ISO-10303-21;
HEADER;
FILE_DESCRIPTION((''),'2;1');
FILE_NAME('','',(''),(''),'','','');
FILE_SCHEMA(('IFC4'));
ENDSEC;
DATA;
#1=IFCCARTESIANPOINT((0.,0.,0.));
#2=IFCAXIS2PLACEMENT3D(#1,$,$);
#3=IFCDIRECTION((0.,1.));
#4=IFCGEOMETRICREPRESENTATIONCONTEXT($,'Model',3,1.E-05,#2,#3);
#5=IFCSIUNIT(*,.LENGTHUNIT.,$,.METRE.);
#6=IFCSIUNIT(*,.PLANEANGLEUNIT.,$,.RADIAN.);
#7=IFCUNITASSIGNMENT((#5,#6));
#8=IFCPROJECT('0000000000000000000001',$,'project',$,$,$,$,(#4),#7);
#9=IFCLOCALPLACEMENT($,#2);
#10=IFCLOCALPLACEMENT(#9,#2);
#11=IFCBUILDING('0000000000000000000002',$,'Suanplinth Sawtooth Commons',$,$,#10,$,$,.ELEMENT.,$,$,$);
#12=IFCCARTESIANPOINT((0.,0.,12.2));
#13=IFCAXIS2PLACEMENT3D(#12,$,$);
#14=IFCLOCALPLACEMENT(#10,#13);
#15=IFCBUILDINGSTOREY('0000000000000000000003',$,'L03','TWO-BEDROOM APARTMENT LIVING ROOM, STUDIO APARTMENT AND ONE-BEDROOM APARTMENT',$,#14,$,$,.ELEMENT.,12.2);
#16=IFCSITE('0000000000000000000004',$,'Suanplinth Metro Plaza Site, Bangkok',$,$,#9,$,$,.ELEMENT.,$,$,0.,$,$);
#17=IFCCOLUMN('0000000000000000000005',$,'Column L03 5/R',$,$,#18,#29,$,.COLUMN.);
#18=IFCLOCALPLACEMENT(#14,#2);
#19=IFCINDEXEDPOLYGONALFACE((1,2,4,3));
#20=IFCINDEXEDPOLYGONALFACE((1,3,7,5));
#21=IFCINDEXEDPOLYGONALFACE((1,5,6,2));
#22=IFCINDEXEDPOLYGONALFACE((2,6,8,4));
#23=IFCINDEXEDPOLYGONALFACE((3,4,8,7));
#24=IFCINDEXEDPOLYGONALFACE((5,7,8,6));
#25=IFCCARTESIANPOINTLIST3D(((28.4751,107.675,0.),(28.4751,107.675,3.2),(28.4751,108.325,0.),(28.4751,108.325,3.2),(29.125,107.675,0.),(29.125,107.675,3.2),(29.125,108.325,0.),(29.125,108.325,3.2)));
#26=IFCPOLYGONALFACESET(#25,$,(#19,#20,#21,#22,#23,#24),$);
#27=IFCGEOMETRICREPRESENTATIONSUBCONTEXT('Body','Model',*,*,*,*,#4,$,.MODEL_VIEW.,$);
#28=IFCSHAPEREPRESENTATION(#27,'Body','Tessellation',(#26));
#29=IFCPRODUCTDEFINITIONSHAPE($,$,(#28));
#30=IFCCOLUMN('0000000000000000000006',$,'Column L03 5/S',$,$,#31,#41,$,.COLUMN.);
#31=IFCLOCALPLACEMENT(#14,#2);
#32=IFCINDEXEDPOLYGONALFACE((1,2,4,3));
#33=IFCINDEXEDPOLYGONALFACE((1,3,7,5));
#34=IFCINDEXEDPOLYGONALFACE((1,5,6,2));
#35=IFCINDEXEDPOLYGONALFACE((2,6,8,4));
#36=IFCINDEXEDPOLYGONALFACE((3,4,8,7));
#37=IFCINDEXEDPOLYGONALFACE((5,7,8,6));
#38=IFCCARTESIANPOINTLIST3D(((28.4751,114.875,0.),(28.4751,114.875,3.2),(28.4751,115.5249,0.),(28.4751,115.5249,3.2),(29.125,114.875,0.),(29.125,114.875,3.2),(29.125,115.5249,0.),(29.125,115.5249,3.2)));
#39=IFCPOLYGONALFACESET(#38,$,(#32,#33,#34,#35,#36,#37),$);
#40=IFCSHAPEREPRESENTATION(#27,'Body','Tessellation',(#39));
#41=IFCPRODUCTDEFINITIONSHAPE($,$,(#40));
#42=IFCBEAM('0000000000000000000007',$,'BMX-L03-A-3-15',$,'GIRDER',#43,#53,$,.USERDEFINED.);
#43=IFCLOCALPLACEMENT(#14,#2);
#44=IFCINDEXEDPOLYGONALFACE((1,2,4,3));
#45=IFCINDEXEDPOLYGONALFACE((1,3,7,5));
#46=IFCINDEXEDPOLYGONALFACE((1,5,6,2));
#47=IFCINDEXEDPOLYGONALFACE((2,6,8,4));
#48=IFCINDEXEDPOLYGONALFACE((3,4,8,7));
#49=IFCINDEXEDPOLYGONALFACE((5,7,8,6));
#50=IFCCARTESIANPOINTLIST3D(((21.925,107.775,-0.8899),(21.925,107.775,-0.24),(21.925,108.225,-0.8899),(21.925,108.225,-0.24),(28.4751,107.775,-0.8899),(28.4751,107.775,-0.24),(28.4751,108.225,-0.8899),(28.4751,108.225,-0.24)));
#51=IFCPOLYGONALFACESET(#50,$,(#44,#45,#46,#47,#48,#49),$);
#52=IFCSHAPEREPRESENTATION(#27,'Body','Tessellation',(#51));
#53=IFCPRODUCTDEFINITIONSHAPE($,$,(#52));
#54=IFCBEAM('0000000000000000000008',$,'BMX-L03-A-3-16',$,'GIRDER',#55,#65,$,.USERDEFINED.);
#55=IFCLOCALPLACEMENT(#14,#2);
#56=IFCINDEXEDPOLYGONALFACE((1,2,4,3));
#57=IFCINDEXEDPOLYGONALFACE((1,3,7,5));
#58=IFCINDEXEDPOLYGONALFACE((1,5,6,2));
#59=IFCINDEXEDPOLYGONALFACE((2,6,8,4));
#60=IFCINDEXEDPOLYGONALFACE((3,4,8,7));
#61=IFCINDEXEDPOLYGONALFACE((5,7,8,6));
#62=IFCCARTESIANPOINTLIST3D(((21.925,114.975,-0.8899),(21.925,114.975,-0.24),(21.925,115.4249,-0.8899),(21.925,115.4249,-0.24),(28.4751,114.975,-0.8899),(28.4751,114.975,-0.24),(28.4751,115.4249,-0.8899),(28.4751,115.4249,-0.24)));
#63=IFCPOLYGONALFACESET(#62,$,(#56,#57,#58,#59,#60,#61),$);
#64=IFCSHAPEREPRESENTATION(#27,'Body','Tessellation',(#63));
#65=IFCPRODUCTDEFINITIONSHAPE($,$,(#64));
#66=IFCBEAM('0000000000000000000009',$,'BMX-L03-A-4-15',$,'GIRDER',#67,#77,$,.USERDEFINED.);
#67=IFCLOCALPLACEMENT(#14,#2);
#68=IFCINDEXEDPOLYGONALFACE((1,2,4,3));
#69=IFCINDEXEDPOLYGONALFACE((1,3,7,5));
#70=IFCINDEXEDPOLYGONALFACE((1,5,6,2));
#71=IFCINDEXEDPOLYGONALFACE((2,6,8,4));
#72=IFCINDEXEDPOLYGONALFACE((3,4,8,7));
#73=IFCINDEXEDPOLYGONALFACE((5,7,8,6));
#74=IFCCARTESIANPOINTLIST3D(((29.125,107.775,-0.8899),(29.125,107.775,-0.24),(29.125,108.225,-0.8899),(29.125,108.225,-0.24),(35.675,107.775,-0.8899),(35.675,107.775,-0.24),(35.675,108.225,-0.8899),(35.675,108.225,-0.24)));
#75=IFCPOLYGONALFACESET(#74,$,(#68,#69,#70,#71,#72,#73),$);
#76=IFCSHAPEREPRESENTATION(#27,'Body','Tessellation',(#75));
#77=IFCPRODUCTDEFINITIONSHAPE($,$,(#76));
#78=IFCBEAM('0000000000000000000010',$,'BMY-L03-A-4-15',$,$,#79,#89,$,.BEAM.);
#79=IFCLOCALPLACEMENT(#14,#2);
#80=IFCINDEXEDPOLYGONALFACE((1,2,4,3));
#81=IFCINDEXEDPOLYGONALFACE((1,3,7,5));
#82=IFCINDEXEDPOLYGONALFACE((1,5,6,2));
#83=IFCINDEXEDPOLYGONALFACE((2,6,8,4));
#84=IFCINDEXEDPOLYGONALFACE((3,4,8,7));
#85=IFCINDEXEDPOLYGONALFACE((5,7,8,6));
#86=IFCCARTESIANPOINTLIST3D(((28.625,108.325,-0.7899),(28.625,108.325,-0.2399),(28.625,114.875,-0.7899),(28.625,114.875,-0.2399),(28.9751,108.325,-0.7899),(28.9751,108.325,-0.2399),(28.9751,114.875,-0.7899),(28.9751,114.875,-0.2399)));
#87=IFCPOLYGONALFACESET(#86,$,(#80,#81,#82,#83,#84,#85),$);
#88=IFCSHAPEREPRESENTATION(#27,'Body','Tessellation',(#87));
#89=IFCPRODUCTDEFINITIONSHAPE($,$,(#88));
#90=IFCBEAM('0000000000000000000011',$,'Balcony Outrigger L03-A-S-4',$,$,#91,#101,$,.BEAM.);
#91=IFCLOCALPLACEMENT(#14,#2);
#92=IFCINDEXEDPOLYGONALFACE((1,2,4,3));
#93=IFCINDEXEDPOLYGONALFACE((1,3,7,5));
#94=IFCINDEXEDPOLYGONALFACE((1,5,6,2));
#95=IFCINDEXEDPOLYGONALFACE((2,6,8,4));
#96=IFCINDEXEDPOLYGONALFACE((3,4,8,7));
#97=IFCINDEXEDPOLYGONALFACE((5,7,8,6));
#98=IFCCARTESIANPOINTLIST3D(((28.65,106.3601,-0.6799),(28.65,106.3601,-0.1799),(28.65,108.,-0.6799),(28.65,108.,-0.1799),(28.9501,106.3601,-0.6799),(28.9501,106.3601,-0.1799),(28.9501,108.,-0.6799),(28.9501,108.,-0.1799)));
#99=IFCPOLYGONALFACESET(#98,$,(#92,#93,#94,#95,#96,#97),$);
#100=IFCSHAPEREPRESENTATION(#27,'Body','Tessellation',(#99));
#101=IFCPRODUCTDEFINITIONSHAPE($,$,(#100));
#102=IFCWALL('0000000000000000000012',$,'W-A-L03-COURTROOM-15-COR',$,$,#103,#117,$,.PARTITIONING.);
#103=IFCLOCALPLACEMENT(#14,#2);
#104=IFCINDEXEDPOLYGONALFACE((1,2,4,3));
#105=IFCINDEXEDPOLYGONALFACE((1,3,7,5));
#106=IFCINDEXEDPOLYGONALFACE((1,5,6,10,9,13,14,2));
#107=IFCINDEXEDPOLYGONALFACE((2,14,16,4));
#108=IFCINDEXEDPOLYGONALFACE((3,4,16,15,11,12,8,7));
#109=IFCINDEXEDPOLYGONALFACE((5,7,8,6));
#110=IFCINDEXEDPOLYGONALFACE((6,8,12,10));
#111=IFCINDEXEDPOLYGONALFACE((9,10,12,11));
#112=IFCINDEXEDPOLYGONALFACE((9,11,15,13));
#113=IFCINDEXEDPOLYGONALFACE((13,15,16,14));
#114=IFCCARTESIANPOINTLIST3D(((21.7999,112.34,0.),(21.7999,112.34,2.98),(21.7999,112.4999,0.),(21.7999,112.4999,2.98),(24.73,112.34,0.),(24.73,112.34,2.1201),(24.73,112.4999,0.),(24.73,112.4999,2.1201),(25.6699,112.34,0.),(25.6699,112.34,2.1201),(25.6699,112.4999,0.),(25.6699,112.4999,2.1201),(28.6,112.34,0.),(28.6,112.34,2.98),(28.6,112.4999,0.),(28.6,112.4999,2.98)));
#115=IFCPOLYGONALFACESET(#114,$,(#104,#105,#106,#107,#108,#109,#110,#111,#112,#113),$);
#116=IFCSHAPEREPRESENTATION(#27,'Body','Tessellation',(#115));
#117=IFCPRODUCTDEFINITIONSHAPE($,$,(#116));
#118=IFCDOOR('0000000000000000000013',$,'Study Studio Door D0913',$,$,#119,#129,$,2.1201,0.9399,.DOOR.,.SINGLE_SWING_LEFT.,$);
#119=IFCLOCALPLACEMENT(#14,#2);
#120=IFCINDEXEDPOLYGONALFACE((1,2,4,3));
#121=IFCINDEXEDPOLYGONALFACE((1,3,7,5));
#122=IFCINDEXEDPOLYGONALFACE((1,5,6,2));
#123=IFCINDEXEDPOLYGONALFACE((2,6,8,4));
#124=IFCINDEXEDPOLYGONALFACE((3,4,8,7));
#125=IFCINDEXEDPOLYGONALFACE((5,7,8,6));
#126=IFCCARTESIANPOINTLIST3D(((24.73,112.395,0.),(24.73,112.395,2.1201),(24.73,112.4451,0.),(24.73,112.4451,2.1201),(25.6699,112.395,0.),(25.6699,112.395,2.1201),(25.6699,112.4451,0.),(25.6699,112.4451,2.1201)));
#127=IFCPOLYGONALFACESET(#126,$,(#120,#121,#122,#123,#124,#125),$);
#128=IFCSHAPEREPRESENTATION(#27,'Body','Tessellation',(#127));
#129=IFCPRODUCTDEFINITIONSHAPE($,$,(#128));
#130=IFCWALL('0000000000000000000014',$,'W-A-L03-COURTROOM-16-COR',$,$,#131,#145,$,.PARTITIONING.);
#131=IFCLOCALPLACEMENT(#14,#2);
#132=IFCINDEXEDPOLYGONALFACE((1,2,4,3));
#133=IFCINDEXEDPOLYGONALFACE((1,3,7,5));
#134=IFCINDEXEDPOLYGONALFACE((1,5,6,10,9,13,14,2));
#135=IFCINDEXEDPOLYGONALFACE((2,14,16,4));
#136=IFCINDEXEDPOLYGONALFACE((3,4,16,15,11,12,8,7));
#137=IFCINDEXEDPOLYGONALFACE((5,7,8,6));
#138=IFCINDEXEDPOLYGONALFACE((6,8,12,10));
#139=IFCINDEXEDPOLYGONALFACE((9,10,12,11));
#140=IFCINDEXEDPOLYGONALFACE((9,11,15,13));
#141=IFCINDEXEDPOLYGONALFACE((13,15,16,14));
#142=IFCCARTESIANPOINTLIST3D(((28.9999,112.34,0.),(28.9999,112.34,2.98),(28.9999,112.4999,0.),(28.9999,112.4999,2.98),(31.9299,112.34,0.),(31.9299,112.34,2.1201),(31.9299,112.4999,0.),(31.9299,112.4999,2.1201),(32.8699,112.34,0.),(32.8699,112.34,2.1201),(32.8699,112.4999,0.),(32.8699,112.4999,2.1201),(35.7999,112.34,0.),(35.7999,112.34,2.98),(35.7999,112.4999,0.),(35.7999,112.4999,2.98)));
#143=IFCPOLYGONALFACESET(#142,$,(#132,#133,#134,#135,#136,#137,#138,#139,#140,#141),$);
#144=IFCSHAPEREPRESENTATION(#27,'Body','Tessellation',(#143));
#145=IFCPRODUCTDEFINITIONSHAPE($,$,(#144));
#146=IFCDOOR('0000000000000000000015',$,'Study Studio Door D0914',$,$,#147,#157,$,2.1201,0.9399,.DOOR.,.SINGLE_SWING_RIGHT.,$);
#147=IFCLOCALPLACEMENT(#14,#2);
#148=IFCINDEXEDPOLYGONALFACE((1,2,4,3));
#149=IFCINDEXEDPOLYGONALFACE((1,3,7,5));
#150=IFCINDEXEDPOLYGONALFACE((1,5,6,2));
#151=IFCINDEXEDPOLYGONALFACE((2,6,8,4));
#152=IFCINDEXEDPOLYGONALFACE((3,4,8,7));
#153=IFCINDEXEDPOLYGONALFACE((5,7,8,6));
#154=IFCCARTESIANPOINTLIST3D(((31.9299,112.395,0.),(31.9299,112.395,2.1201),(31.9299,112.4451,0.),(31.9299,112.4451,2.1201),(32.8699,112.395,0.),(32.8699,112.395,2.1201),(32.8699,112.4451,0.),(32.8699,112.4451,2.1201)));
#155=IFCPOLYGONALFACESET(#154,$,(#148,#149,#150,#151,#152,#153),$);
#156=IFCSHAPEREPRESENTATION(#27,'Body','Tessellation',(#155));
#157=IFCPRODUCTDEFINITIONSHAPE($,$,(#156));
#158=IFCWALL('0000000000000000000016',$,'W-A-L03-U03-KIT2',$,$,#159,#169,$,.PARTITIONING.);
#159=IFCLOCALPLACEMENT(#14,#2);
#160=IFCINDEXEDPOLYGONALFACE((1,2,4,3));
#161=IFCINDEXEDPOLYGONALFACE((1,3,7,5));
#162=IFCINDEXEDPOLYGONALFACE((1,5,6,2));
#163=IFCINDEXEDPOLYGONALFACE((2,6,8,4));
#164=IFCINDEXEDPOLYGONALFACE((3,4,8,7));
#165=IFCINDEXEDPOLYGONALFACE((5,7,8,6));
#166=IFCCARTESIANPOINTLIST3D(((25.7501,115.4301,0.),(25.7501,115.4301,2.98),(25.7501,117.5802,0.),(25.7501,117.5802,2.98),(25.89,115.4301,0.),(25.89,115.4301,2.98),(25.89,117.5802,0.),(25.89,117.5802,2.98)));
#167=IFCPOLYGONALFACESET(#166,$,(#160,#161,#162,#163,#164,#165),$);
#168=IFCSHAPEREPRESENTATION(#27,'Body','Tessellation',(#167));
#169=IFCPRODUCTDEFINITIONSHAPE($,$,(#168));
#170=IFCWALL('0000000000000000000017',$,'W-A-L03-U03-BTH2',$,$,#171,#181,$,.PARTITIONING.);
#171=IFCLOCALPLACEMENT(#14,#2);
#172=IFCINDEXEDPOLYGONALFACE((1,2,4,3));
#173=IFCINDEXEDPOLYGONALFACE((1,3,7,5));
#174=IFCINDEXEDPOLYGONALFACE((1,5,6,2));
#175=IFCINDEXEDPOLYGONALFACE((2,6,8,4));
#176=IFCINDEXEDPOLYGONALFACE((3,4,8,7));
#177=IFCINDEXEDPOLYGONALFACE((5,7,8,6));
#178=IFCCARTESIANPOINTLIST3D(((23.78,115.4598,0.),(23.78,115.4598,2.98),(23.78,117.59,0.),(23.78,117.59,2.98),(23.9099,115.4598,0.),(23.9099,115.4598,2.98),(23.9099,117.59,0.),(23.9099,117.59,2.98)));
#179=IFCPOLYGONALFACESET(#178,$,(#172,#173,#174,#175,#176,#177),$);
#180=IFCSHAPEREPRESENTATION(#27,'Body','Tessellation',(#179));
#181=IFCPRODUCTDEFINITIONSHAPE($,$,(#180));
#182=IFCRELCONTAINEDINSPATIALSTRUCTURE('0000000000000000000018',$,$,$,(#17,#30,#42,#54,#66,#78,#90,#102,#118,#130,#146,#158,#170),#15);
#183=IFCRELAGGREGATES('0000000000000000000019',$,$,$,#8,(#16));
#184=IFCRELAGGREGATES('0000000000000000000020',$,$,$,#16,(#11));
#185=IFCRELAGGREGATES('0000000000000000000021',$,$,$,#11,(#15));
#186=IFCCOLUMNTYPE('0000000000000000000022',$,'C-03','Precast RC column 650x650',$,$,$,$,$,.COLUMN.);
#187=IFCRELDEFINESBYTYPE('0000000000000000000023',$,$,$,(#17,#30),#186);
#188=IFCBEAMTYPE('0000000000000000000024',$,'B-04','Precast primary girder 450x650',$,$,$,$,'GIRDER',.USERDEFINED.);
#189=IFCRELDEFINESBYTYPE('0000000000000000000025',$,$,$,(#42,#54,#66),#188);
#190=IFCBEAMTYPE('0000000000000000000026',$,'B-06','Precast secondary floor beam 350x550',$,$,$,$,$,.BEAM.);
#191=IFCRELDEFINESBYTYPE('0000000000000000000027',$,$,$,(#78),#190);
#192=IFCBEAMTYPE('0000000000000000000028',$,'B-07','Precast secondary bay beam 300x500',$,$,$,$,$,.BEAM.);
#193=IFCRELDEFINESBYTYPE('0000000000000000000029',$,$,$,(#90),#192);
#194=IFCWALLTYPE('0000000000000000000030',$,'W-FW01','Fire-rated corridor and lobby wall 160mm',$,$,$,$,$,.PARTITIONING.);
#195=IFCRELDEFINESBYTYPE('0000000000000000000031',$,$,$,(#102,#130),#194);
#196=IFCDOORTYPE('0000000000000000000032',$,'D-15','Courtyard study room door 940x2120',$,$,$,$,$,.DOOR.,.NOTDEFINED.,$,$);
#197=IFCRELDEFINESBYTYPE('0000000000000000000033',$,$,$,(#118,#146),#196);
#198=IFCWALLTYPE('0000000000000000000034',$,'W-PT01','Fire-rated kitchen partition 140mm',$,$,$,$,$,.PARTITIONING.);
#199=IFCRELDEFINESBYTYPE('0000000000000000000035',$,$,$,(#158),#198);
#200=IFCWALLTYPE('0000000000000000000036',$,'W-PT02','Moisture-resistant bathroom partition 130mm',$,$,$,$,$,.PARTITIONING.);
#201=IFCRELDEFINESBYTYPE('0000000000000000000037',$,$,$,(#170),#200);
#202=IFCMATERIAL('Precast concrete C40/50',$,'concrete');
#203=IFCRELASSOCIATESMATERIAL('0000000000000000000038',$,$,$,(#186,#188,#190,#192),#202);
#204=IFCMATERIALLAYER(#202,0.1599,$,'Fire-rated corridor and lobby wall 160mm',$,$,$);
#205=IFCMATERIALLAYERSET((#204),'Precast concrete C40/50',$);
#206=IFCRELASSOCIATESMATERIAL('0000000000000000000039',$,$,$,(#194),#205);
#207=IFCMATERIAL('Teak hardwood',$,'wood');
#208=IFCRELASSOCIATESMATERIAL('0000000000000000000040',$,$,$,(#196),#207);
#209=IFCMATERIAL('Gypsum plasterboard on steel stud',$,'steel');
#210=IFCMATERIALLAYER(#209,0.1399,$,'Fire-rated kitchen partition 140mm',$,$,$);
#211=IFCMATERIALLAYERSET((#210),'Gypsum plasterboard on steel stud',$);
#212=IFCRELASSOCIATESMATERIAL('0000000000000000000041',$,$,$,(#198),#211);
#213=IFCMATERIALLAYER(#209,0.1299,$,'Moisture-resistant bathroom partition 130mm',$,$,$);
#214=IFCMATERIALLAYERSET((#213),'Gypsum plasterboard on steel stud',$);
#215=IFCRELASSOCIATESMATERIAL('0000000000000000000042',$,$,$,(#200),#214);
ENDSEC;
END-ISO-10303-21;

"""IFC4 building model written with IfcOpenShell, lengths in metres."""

from ifc_helpers import new_model, si_unit, direction, frame, frame_2d, origin, origin_2d, place, context, subcontext, project, spatial, rectangle, extrude, material, layer, layer_set, material_profile, profile_set, type_object, element, fill, save


model = new_model("IFC4")

# Units and contexts
model_context = context("Model", 3, precision=1e-05, world=origin(), true_north=direction((0.0, 1.0)))
body_context = subcontext(model_context, "Body", "Model", "MODEL_VIEW")
ifc_project = project(units=[si_unit("LENGTHUNIT", "METRE"), si_unit("PLANEANGLEUNIT", "RADIAN")], contexts=[model_context])

# Site, building, storey
site_placement = place(None, origin())
site = spatial("IfcSite", under=ifc_project, at=site_placement, Name="Suanplinth Metro Plaza Site, Bangkok", CompositionType="ELEMENT", RefElevation=0.0)
building_placement = place(site_placement, origin())
building = spatial("IfcBuilding", under=site, at=building_placement, Name="Suanplinth Sawtooth Commons", CompositionType="ELEMENT")
storey_placement = place(building_placement, frame((0.0, 0.0, 12.2)))
storey = spatial("IfcBuildingStorey", under=building, at=storey_placement, Name="L03", Description="TWO-BEDROOM APARTMENT LIVING ROOM, STUDIO APARTMENT AND ONE-BEDROOM APARTMENT", CompositionType="ELEMENT", Elevation=12.2)

# Columns
ifc_material_1 = material(Name="Precast concrete C40/50", Category="concrete")
ifc_material_profile_1 = material_profile(ifc_material_1, rectangle(XDim=0.6499, YDim=0.6499, at=origin_2d()), Name="PC-COL 650x650")
ifc_profile_set_1 = profile_set([ifc_material_profile_1], Name="Precast concrete C40/50")
column_type = type_object("IfcColumnType", Name="C-03", Description="Precast RC column 650x650", PredefinedType="COLUMN", material=ifc_profile_set_1)
for number, where, z_axis, x_axis, name in (
    (1, (28.8, 108.0, 0.0), (0.0, 0.0, 1.0), (1.0, 0.0, 0.0), "Column L03 5/R"),
    (2, (28.8, 115.2, 0.0), (0.0, 0.0, 1.0), (1.0, 0.0, 0.0), "Column L03 5/S"),
):
    element("IfcColumn", number, at=place(storey_placement, frame(where, z_axis=z_axis, x_axis=x_axis)), inside=storey, type_object=column_type, Name=name, PredefinedType="COLUMN", context=body_context, shape_type="SweptSolid", body=[
        extrude(rectangle(XDim=0.6499, YDim=0.6499, at=origin_2d()), origin(), (0.0, 0.0, 1.0), 3.2),
    ])

# Beams
ifc_material_profile_2 = material_profile(ifc_material_1, rectangle(XDim=0.45, YDim=0.6499, at=origin_2d()), Name="PC-GDR 450x650")
ifc_profile_set_2 = profile_set([ifc_material_profile_2], Name="Precast concrete C40/50")
beam_type_1 = type_object("IfcBeamType", Name="B-04", Description="Precast primary girder 450x650", ElementType="GIRDER", PredefinedType="USERDEFINED", material=ifc_profile_set_2)
for number, where, z_axis, x_axis, name in (
    (3, (21.925, 108.0, -0.5649), (1.0, 0.0, 0.0), (0.0, 1.0, 0.0), "BMX-L03-A-3-15"),
    (4, (21.925, 115.2, -0.5649), (1.0, 0.0, 0.0), (0.0, 1.0, 0.0), "BMX-L03-A-3-16"),
    (5, (29.125, 108.0, -0.5649), (1.0, 0.0, 0.0), (0.0, 1.0, 0.0), "BMX-L03-A-4-15"),
):
    element("IfcBeam", number, at=place(storey_placement, frame(where, z_axis=z_axis, x_axis=x_axis)), inside=storey, type_object=beam_type_1, Name=name, ObjectType="GIRDER", PredefinedType="USERDEFINED", context=body_context, shape_type="SweptSolid", body=[
        extrude(rectangle(XDim=0.45, YDim=0.6499, at=origin_2d()), origin(), (0.0, 0.0, 1.0), 6.55),
    ])
ifc_material_profile_3 = material_profile(ifc_material_1, rectangle(XDim=0.3501, YDim=0.55, at=origin_2d()), Name="PC-BM 350x550")
ifc_profile_set_3 = profile_set([ifc_material_profile_3], Name="Precast concrete C40/50")
beam_type_2 = type_object("IfcBeamType", Name="B-06", Description="Precast secondary floor beam 350x550", PredefinedType="BEAM", material=ifc_profile_set_3)
beam_1_placement = place(storey_placement, frame((28.8, 108.325, -0.5149), z_axis=(0.0, 1.0, 0.0), x_axis=(-1.0, 0.0, 0.0)))
element("IfcBeam", 6, at=beam_1_placement, inside=storey, type_object=beam_type_2, Name="BMY-L03-A-4-15", PredefinedType="BEAM", context=body_context, shape_type="SweptSolid", body=[
    extrude(rectangle(XDim=0.3501, YDim=0.55, at=origin_2d()), origin(), (0.0, 0.0, 1.0), 6.55),
])
ifc_material_profile_4 = material_profile(ifc_material_1, rectangle(XDim=0.3, YDim=0.5, at=origin_2d()), Name="PC-BM 300x500")
ifc_profile_set_4 = profile_set([ifc_material_profile_4], Name="Precast concrete C40/50")
beam_type_3 = type_object("IfcBeamType", Name="B-07", Description="Precast secondary bay beam 300x500", PredefinedType="BEAM", material=ifc_profile_set_4)
beam_2_placement = place(storey_placement, frame((28.8, 108.0, -0.4299), z_axis=(0.0, -1.0, 0.0), x_axis=(1.0, 0.0, 0.0)))
element("IfcBeam", 7, at=beam_2_placement, inside=storey, type_object=beam_type_3, Name="Balcony Outrigger L03-A-S-4", PredefinedType="BEAM", context=body_context, shape_type="SweptSolid", body=[
    extrude(rectangle(XDim=0.3, YDim=0.5, at=origin_2d()), origin(), (0.0, 0.0, 1.0), 1.6399),
])

# Walls, openings, doors
ifc_layer_1 = layer(ifc_material_1, 0.1599, Name="Fire-rated corridor and lobby wall 160mm")
ifc_layer_set_1 = layer_set([ifc_layer_1], Name="Precast concrete C40/50")
wall_type_1 = type_object("IfcWallType", Name="W-FW01", Description="Fire-rated corridor and lobby wall 160mm", PredefinedType="PARTITIONING", material=ifc_layer_set_1)
wall_1_placement = place(storey_placement, frame((21.8, 112.4199, 0.0), z_axis=(0.0, 0.0, 1.0), x_axis=(1.0, 0.0, 0.0)))
wall_1 = element("IfcWall", 8, at=wall_1_placement, inside=storey, type_object=wall_type_1, Name="W-A-L03-COURTROOM-15-COR", PredefinedType="PARTITIONING", context=body_context, shape_type="SweptSolid", body=[
    extrude(rectangle(XDim=6.8, YDim=0.1599, at=frame_2d((3.3999, 0.0))), origin(), (0.0, 0.0, 1.0), 2.98),
])
opening_1_placement = place(wall_1_placement, frame((2.9299, 0.0, 0.0)))
opening_1 = element("IfcOpeningElement", 9, at=opening_1_placement, cuts=wall_1, PredefinedType="OPENING", context=body_context, shape_type="SweptSolid", body=[
    extrude(rectangle(XDim=0.9399, YDim=2.1201, at=frame_2d((0.47, 1.0601))), frame((0.0, 0.0947, 0.0), z_axis=(0.0, -1.0, 0.0), x_axis=(1.0, 0.0, 0.0)), (0.0, 0.0, 1.0), 0.1897),
])
ifc_material_2 = material(Name="Teak hardwood", Category="wood")
door_type_1 = type_object("IfcDoorType", Name="D-15", Description="Courtyard study room door 940x2120", OperationType="NOTDEFINED", PredefinedType="DOOR", material=ifc_material_2)
door_1_placement = place(opening_1_placement, frame((0.9399, 0.0, 0.0), z_axis=(0.0, 0.0, 1.0), x_axis=(-1.0, 0.0, 0.0)))
door_1 = element("IfcDoor", 10, at=door_1_placement, inside=storey, type_object=door_type_1, Name="Study Studio Door D0913", OperationType="SINGLE_SWING_LEFT", OverallHeight=2.1201, OverallWidth=0.9399, PredefinedType="DOOR", context=body_context, shape_type="SweptSolid", body=[
    extrude(rectangle(XDim=0.9399, YDim=2.1201, at=frame_2d((0.47, 1.0601))), frame((0.0, 0.0249, 0.0), z_axis=(0.0, -1.0, 0.0), x_axis=(1.0, 0.0, 0.0)), (0.0, 0.0, 1.0), 0.05),
])
fill(opening_1, door_1)
wall_2_placement = place(storey_placement, frame((29.0, 112.4199, 0.0), z_axis=(0.0, 0.0, 1.0), x_axis=(1.0, 0.0, 0.0)))
wall_2 = element("IfcWall", 11, at=wall_2_placement, inside=storey, type_object=wall_type_1, Name="W-A-L03-COURTROOM-16-COR", PredefinedType="PARTITIONING", context=body_context, shape_type="SweptSolid", body=[
    extrude(rectangle(XDim=6.8, YDim=0.1599, at=frame_2d((3.3999, 0.0))), origin(), (0.0, 0.0, 1.0), 2.98),
])
opening_2_placement = place(wall_2_placement, frame((2.9299, 0.0, 0.0)))
opening_2 = element("IfcOpeningElement", 12, at=opening_2_placement, cuts=wall_2, PredefinedType="OPENING", context=body_context, shape_type="SweptSolid", body=[
    extrude(rectangle(XDim=0.9399, YDim=2.1201, at=frame_2d((0.47, 1.0601))), frame((0.0, 0.0947, 0.0), z_axis=(0.0, -1.0, 0.0), x_axis=(1.0, 0.0, 0.0)), (0.0, 0.0, 1.0), 0.1897),
])
door_2_placement = place(opening_2_placement, frame((0.9399, 0.0, 0.0), z_axis=(0.0, 0.0, 1.0), x_axis=(-1.0, 0.0, 0.0)))
door_2 = element("IfcDoor", 13, at=door_2_placement, inside=storey, type_object=door_type_1, Name="Study Studio Door D0914", OperationType="SINGLE_SWING_RIGHT", OverallHeight=2.1201, OverallWidth=0.9399, PredefinedType="DOOR", context=body_context, shape_type="SweptSolid", body=[
    extrude(rectangle(XDim=0.9399, YDim=2.1201, at=frame_2d((0.47, 1.0601))), frame((0.0, 0.0249, 0.0), z_axis=(0.0, -1.0, 0.0), x_axis=(1.0, 0.0, 0.0)), (0.0, 0.0, 1.0), 0.05),
])
fill(opening_2, door_2)

# Walls
ifc_material_3 = material(Name="Gypsum plasterboard on steel stud", Category="steel")
ifc_layer_2 = layer(ifc_material_3, 0.1399, Name="Fire-rated kitchen partition 140mm")
ifc_layer_set_2 = layer_set([ifc_layer_2], Name="Gypsum plasterboard on steel stud")
wall_type_2 = type_object("IfcWallType", Name="W-PT01", Description="Fire-rated kitchen partition 140mm", PredefinedType="PARTITIONING", material=ifc_layer_set_2)
wall_3_placement = place(storey_placement, frame((25.8201, 115.4299, 0.0), z_axis=(0.0, 0.0, 1.0), x_axis=(0.0, 1.0, 0.0)))
element("IfcWall", 14, at=wall_3_placement, inside=storey, type_object=wall_type_2, Name="W-A-L03-U03-KIT2", PredefinedType="PARTITIONING", context=body_context, shape_type="SweptSolid", body=[
    extrude(rectangle(XDim=2.1501, YDim=0.1399, at=frame_2d((1.0752, 0.0))), origin(), (0.0, 0.0, 1.0), 2.98),
])
ifc_layer_3 = layer(ifc_material_3, 0.1299, Name="Moisture-resistant bathroom partition 130mm")
ifc_layer_set_3 = layer_set([ifc_layer_3], Name="Gypsum plasterboard on steel stud")
wall_type_3 = type_object("IfcWallType", Name="W-PT02", Description="Moisture-resistant bathroom partition 130mm", PredefinedType="PARTITIONING", material=ifc_layer_set_3)
wall_4_placement = place(storey_placement, frame((23.845, 115.46, 0.0), z_axis=(0.0, 0.0, 1.0), x_axis=(0.0, 1.0, 0.0)))
element("IfcWall", 15, at=wall_4_placement, inside=storey, type_object=wall_type_3, Name="W-A-L03-U03-BTH2", PredefinedType="PARTITIONING", context=body_context, shape_type="SweptSolid", body=[
    extrude(rectangle(XDim=2.1301, YDim=0.1299, at=frame_2d((1.0649, 0.0))), origin(), (0.0, 0.0, 1.0), 2.98),
])

save(model, "model.ifc")
